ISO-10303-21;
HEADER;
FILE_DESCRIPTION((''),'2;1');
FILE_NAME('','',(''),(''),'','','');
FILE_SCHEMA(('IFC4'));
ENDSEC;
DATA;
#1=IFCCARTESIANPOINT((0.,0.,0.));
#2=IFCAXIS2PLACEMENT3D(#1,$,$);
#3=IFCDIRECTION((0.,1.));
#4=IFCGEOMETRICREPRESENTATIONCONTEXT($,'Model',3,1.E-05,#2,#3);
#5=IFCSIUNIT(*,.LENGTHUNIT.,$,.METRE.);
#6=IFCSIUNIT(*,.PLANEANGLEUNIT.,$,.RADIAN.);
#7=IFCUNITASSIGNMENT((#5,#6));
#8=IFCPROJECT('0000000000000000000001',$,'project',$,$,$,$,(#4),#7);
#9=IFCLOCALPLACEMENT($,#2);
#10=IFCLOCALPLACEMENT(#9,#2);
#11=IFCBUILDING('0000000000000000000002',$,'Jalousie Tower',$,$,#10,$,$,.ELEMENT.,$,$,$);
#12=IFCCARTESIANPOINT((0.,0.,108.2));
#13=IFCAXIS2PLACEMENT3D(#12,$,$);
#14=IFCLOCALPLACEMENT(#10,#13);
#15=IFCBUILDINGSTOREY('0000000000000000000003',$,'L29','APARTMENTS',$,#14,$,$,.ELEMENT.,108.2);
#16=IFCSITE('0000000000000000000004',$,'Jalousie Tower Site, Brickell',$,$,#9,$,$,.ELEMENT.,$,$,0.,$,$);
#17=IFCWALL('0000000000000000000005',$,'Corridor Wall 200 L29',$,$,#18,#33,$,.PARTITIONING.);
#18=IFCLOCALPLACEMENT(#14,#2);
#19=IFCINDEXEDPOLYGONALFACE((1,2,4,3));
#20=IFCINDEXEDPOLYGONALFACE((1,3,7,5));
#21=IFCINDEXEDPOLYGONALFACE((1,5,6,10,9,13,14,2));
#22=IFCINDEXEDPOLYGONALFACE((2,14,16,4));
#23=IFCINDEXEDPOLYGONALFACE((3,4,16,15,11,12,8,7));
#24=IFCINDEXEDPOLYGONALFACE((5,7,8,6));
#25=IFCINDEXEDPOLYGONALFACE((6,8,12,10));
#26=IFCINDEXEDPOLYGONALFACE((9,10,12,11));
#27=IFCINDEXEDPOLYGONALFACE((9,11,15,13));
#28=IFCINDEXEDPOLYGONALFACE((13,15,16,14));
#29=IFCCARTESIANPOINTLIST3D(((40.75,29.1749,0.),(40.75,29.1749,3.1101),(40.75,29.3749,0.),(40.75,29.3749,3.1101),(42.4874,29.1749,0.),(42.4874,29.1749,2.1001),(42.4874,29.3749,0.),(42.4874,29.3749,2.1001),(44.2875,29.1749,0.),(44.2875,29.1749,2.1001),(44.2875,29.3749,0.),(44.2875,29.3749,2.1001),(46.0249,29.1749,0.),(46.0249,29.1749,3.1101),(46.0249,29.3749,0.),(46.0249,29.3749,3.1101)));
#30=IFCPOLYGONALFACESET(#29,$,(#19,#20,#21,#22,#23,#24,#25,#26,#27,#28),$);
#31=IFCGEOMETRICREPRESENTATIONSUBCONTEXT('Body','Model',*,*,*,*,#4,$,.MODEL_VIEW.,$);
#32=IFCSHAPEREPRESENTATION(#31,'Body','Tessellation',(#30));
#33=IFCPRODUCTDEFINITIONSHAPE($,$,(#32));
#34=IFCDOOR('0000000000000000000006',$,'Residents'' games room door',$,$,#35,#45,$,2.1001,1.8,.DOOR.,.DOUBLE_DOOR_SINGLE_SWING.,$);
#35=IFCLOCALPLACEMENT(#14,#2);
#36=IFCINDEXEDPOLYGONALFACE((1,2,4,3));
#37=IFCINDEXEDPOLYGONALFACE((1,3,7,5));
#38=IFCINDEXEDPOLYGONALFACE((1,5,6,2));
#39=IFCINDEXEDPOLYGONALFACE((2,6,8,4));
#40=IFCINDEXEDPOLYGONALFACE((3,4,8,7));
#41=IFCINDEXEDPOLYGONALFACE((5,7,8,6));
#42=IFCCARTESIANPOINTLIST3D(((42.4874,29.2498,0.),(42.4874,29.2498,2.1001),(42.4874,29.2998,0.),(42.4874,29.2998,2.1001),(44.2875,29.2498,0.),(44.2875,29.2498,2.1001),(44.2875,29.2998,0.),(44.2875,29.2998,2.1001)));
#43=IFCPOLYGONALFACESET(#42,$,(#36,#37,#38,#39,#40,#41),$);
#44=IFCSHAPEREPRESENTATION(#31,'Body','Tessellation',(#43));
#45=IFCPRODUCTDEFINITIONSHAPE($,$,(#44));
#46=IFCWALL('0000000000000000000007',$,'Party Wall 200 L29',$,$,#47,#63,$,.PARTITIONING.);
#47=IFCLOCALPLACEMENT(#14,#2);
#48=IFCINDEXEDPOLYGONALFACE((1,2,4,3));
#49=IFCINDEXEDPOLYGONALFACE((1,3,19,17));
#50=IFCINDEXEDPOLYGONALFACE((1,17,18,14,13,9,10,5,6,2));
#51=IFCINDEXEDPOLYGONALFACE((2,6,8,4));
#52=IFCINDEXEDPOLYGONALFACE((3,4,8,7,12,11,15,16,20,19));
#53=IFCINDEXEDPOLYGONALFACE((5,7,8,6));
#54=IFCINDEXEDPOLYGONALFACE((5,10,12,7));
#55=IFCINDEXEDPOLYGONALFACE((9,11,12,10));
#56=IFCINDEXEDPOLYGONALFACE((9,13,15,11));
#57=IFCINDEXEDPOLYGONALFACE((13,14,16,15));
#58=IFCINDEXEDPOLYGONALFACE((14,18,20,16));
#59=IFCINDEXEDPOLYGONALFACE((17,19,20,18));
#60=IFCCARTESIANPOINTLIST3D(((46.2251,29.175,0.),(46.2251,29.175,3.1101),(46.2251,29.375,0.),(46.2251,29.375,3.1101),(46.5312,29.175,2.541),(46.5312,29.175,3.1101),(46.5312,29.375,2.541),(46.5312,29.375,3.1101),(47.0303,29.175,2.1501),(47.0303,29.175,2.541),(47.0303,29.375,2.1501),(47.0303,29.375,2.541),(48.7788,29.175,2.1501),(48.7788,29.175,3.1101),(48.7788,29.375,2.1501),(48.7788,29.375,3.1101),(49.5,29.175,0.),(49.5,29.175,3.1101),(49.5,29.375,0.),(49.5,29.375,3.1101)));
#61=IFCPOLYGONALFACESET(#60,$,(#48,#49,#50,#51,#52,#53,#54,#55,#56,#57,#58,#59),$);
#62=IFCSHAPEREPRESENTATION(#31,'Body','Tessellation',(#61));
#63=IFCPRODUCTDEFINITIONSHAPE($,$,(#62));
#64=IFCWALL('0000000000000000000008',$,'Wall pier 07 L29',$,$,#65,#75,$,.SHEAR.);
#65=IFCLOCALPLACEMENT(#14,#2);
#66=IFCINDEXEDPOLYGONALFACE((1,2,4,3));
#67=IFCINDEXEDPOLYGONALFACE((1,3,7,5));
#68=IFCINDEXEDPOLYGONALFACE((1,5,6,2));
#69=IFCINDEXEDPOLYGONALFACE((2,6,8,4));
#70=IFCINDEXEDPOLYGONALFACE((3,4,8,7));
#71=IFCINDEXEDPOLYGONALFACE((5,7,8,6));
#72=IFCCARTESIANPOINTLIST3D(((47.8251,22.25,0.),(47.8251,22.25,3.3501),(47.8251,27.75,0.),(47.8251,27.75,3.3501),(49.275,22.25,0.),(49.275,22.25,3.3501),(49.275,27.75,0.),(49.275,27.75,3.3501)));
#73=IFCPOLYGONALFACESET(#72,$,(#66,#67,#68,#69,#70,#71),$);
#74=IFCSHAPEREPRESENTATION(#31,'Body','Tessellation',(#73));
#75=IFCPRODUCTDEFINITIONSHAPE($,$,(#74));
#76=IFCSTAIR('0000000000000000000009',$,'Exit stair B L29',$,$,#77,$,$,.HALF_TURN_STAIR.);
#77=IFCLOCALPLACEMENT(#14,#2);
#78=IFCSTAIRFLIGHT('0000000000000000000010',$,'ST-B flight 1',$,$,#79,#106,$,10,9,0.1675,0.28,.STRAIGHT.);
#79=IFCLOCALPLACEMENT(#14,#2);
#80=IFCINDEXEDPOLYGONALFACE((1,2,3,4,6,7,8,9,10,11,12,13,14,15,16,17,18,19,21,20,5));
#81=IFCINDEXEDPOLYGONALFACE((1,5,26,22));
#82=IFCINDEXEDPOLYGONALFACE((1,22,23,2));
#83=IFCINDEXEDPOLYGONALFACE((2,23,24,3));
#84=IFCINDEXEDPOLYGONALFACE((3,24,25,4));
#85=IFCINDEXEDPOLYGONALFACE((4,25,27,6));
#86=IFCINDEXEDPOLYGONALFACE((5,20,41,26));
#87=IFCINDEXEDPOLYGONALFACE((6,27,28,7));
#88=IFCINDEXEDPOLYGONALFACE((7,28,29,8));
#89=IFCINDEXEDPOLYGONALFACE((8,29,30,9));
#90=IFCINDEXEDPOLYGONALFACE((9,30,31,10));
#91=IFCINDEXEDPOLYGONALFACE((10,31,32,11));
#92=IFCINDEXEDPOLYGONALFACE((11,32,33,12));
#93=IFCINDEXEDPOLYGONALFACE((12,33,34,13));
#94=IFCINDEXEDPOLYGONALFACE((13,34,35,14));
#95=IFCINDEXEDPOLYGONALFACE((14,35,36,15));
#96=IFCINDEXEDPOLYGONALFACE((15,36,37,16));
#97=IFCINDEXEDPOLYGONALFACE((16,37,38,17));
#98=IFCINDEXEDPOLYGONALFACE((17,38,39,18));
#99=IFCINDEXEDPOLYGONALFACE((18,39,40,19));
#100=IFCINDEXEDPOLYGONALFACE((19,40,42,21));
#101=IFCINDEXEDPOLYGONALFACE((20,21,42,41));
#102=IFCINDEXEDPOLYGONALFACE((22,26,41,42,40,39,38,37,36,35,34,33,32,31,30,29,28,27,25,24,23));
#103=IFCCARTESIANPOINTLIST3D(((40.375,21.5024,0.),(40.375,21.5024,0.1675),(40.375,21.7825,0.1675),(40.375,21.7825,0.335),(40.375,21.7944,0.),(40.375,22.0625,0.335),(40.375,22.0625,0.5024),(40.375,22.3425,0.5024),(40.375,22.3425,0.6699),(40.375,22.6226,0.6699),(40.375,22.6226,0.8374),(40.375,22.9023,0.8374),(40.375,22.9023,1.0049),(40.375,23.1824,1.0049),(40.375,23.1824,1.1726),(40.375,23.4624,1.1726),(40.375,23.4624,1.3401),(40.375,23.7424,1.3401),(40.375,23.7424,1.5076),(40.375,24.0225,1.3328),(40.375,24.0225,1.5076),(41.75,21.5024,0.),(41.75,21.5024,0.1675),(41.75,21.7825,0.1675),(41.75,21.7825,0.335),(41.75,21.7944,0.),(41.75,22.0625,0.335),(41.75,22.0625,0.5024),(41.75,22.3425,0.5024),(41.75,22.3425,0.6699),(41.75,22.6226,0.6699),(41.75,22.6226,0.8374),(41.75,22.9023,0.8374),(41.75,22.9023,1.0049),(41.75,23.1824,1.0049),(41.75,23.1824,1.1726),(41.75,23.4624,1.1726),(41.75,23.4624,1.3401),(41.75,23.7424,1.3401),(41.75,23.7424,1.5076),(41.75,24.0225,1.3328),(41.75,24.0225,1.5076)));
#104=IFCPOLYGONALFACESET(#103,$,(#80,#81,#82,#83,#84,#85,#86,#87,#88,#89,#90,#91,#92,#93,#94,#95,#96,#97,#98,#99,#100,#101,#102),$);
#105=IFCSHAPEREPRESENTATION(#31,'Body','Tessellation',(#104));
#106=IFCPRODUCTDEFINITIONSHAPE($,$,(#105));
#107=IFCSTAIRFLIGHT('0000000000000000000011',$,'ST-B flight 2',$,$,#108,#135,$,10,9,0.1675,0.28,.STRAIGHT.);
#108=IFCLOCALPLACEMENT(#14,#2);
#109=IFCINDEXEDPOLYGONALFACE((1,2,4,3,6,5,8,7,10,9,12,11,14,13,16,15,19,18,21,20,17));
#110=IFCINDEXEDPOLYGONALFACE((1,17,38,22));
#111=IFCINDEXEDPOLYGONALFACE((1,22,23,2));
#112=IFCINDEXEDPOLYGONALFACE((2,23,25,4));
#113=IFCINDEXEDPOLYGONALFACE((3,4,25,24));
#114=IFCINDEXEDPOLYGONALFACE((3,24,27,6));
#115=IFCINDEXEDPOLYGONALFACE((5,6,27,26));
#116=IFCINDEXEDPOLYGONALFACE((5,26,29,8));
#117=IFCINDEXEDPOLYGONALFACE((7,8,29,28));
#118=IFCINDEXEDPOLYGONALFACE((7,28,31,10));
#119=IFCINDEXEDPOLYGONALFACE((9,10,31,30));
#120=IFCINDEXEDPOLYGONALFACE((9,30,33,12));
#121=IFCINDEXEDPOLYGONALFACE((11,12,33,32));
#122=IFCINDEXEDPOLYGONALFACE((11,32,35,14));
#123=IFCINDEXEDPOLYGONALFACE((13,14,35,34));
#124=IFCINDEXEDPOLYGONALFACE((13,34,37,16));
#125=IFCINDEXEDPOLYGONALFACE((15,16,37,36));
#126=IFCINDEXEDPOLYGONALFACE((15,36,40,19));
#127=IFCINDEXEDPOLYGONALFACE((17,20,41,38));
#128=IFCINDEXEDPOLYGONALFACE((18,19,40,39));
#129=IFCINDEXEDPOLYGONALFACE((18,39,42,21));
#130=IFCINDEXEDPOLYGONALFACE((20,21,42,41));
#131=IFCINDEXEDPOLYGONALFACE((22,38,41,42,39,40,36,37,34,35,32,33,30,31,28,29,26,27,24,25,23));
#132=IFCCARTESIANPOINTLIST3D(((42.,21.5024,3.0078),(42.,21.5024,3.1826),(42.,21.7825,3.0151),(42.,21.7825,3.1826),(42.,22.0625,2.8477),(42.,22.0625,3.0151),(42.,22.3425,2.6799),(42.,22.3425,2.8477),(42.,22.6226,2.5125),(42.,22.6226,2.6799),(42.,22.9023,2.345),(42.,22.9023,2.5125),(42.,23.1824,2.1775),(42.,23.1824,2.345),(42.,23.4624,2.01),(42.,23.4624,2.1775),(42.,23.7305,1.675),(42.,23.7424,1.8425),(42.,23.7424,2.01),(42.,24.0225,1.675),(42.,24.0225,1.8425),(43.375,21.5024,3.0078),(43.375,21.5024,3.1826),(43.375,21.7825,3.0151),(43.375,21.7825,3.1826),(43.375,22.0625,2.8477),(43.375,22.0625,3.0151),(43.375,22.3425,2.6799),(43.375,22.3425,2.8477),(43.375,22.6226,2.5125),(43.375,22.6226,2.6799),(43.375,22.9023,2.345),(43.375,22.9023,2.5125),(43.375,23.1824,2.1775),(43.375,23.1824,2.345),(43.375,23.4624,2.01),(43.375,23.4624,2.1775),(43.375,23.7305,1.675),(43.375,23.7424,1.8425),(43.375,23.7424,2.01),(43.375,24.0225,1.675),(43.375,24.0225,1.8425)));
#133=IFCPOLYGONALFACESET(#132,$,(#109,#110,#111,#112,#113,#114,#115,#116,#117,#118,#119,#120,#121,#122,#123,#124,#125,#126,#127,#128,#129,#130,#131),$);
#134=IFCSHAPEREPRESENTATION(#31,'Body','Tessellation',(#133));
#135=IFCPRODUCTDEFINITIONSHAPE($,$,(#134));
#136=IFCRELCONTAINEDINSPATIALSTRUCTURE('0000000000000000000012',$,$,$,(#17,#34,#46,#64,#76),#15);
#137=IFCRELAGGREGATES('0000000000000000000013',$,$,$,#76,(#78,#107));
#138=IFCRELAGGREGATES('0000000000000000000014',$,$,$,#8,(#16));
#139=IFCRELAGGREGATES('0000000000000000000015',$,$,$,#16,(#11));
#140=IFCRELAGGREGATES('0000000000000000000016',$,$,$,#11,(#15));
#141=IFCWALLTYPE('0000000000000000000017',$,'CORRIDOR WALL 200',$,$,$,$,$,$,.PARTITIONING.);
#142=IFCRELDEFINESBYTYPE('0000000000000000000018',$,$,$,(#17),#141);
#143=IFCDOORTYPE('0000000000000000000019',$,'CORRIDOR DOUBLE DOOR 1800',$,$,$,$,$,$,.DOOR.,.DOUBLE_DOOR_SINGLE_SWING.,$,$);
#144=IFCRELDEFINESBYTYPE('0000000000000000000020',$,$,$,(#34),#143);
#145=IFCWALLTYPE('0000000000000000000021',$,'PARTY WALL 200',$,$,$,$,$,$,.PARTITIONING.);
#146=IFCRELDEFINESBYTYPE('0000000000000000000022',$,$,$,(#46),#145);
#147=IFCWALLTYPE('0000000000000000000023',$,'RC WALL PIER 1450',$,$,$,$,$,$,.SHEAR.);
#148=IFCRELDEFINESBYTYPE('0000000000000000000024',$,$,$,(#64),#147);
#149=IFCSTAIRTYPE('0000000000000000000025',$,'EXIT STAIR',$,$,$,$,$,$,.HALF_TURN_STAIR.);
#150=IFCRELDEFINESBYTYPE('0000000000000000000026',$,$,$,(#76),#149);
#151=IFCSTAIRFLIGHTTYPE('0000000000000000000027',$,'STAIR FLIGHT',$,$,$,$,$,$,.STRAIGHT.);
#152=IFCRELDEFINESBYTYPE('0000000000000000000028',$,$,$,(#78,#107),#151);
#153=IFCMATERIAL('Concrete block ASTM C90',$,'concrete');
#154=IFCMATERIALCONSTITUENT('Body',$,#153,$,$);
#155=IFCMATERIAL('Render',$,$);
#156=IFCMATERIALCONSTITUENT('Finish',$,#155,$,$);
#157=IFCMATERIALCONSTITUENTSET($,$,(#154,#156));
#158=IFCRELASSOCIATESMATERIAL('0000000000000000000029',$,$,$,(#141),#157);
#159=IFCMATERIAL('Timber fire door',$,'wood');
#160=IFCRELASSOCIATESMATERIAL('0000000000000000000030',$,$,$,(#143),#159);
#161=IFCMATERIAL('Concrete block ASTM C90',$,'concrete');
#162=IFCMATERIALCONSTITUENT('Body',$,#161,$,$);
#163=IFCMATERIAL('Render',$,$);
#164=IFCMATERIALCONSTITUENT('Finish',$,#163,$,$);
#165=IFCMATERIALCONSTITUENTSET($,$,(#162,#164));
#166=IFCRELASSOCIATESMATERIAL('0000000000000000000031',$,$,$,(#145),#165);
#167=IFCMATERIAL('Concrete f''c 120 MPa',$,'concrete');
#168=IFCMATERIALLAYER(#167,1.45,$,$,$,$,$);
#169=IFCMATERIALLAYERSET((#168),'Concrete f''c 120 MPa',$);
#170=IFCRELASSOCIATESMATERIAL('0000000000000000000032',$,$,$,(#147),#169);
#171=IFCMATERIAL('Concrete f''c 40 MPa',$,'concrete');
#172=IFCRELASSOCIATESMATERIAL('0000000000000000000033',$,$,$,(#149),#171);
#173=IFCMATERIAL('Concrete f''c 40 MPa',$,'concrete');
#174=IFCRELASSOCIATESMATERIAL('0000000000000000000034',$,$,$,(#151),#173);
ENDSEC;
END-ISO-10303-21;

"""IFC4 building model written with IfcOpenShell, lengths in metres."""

from ifc_helpers import new_model, si_unit, direction, frame, frame_2d, origin, place, context, subcontext, project, spatial, polyline, rectangle, outline, extrude, material, layer, layer_set, constituent, constituent_set, type_object, element, fill, aggregate, save


model = new_model("IFC4")

# Units and contexts
model_context = context("Model", 3, precision=1e-05, world=origin(), true_north=direction((0.0, 1.0)))
body_context = subcontext(model_context, "Body", "Model", "MODEL_VIEW")
ifc_project = project(units=[si_unit("LENGTHUNIT", "METRE"), si_unit("PLANEANGLEUNIT", "RADIAN")], contexts=[model_context])

# Site, building, storey
site_placement = place(None, origin())
site = spatial("IfcSite", under=ifc_project, at=site_placement, Name="Jalousie Tower Site, Brickell", CompositionType="ELEMENT", RefElevation=0.0)
building_placement = place(site_placement, origin())
building = spatial("IfcBuilding", under=site, at=building_placement, Name="Jalousie Tower", CompositionType="ELEMENT")
storey_placement = place(building_placement, frame((0.0, 0.0, 108.2)))
storey = spatial("IfcBuildingStorey", under=building, at=storey_placement, Name="L29", Description="APARTMENTS", CompositionType="ELEMENT", Elevation=108.2)

# Wall, opening, door
ifc_material_1 = material(Name="Concrete block ASTM C90", Category="concrete")
ifc_constituent_1 = constituent(ifc_material_1, Name="Body")
ifc_material_2 = material(Name="Render")
ifc_constituent_2 = constituent(ifc_material_2, Name="Finish")
ifc_constituent_set_1 = constituent_set(constituents=[ifc_constituent_1, ifc_constituent_2])
wall_type_1 = type_object("IfcWallType", Name="CORRIDOR WALL 200", PredefinedType="PARTITIONING", material=ifc_constituent_set_1)
wall_1_placement = place(storey_placement, frame((40.75, 29.2749, 0.0), z_axis=(0.0, 0.0, 1.0), x_axis=(1.0, 0.0, 0.0)))
wall_1 = element("IfcWall", 1, at=wall_1_placement, inside=storey, type_object=wall_type_1, Name="Corridor Wall 200 L29", PredefinedType="PARTITIONING", context=body_context, shape_type="SweptSolid", body=[
    extrude(rectangle(XDim=5.2749, YDim=0.2, at=frame_2d((2.6375, 0.0))), origin(), (0.0, 0.0, 1.0), 3.1101),
])
opening_1_placement = place(wall_1_placement, frame((1.7375, 0.0, 0.0)))
opening_1 = element("IfcOpeningElement", 2, at=opening_1_placement, cuts=wall_1, PredefinedType="OPENING", context=body_context, shape_type="SweptSolid", body=[
    extrude(rectangle(XDim=1.8, YDim=2.1001, at=frame_2d((0.8999, 1.05))), frame((0.0, 0.1099, 0.0), z_axis=(0.0, -1.0, 0.0), x_axis=(1.0, 0.0, 0.0)), (0.0, 0.0, 1.0), 0.22),
])
ifc_material_3 = material(Name="Timber fire door", Category="wood")
door_type_1 = type_object("IfcDoorType", Name="CORRIDOR DOUBLE DOOR 1800", OperationType="DOUBLE_DOOR_SINGLE_SWING", PredefinedType="DOOR", material=ifc_material_3)
door_1_placement = place(opening_1_placement, origin())
door_1 = element("IfcDoor", 3, at=door_1_placement, inside=storey, type_object=door_type_1, Name="Residents' games room door", OperationType="DOUBLE_DOOR_SINGLE_SWING", OverallHeight=2.1001, OverallWidth=1.8, PredefinedType="DOOR", context=body_context, shape_type="SweptSolid", body=[
    extrude(rectangle(XDim=1.8, YDim=2.1001, at=frame_2d((0.8999, 1.05))), frame((0.0, 0.0249, 0.0), z_axis=(0.0, -1.0, 0.0), x_axis=(1.0, 0.0, 0.0)), (0.0, 0.0, 1.0), 0.05),
])
fill(opening_1, door_1)

# Walls
ifc_material_4 = material(Name="Concrete block ASTM C90", Category="concrete")
ifc_constituent_3 = constituent(ifc_material_4, Name="Body")
ifc_material_5 = material(Name="Render")
ifc_constituent_4 = constituent(ifc_material_5, Name="Finish")
ifc_constituent_set_2 = constituent_set(constituents=[ifc_constituent_3, ifc_constituent_4])
wall_type_2 = type_object("IfcWallType", Name="PARTY WALL 200", PredefinedType="PARTITIONING", material=ifc_constituent_set_2)
wall_2_placement = place(storey_placement, frame((46.2251, 29.2749, 0.0), z_axis=(0.0, 0.0, 1.0), x_axis=(1.0, 0.0, 0.0)))
element("IfcWall", 4, at=wall_2_placement, inside=storey, type_object=wall_type_2, Name="Party Wall 200 L29", PredefinedType="PARTITIONING", context=body_context, shape_type="SweptSolid", body=[
    extrude(outline(polyline([(0.0, 0.0), (3.2749, 0.0), (3.2749, 3.1101), (2.5537, 3.1101), (2.5537, 2.1501), (0.8052, 2.1501), (0.8052, 2.541), (0.3062, 2.541), (0.3062, 3.1101), (0.0, 3.1101), (0.0, 0.0)])), frame((0.0, 0.1001, 0.0), z_axis=(0.0, -1.0, 0.0), x_axis=(1.0, 0.0, 0.0)), (0.0, 0.0, 1.0), 0.2),
])
ifc_material_6 = material(Name="Concrete f'c 120 MPa", Category="concrete")
ifc_layer_1 = layer(ifc_material_6, 1.45)
ifc_layer_set_1 = layer_set([ifc_layer_1], Name="Concrete f'c 120 MPa")
wall_type_3 = type_object("IfcWallType", Name="RC WALL PIER 1450", PredefinedType="SHEAR", material=ifc_layer_set_1)
wall_3_placement = place(storey_placement, frame((48.55, 22.25, 0.0), z_axis=(0.0, 0.0, 1.0), x_axis=(0.0, 1.0, 0.0)))
element("IfcWall", 5, at=wall_3_placement, inside=storey, type_object=wall_type_3, Name="Wall pier 07 L29", PredefinedType="SHEAR", context=body_context, shape_type="SweptSolid", body=[
    extrude(rectangle(XDim=5.5, YDim=1.45, at=frame_2d((2.75, 0.0))), origin(), (0.0, 0.0, 1.0), 3.3501),
])

# Stair, stair flights
ifc_material_7 = material(Name="Concrete f'c 40 MPa", Category="concrete")
stair_type = type_object("IfcStairType", Name="EXIT STAIR", PredefinedType="HALF_TURN_STAIR", material=ifc_material_7)
stair_placement = place(storey_placement, origin())
stair = element("IfcStair", 6, at=stair_placement, inside=storey, type_object=stair_type, Name="Exit stair B L29", PredefinedType="HALF_TURN_STAIR")
ifc_material_8 = material(Name="Concrete f'c 40 MPa", Category="concrete")
stair_flight_type = type_object("IfcStairFlightType", Name="STAIR FLIGHT", PredefinedType="STRAIGHT", material=ifc_material_8)
stair_flight_1_placement = place(storey_placement, frame((41.0625, 21.5024, 0.0), z_axis=(0.0, 0.0, 1.0), x_axis=(0.0, 1.0, 0.0)))
stair_flight_1 = element("IfcStairFlight", 7, at=stair_flight_1_placement, type_object=stair_flight_type, Name="ST-B flight 1", NumberOfRisers=10, NumberOfTreads=9, PredefinedType="STRAIGHT", RiserHeight=0.1675, TreadLength=0.28, context=body_context, shape_type="SweptSolid", body=[
    extrude(outline(polyline([(0.0, 0.0), (0.0, 0.1675), (0.28, 0.1675), (0.28, 0.335), (0.5601, 0.335), (0.5601, 0.5024), (0.8401, 0.5024), (0.8401, 0.6699), (1.1201, 0.6699), (1.1201, 0.8374), (1.3999, 0.8374), (1.3999, 1.0049), (1.6799, 1.0049), (1.6799, 1.1726), (1.96, 1.1726), (1.96, 1.3401), (2.24, 1.3401), (2.24, 1.5076), (2.52, 1.5076), (2.52, 1.675), (2.52, 1.3328), (0.292, 0.0), (0.0, 0.0)])), frame((0.0, 0.6875, 0.0), z_axis=(0.0, -1.0, 0.0), x_axis=(1.0, 0.0, 0.0)), (0.0, 0.0, 1.0), 1.375),
])
stair_flight_2_placement = place(storey_placement, frame((42.6875, 24.0225, 1.675), z_axis=(0.0, 0.0, 1.0), x_axis=(0.0, -1.0, 0.0)))
stair_flight_2 = element("IfcStairFlight", 8, at=stair_flight_2_placement, type_object=stair_flight_type, Name="ST-B flight 2", NumberOfRisers=10, NumberOfTreads=9, PredefinedType="STRAIGHT", RiserHeight=0.1675, TreadLength=0.28, context=body_context, shape_type="SweptSolid", body=[
    extrude(outline(polyline([(0.0, 0.0), (0.0, 0.1675), (0.28, 0.1675), (0.28, 0.335), (0.5601, 0.335), (0.5601, 0.5024), (0.8401, 0.5024), (0.8401, 0.6699), (1.1201, 0.6699), (1.1201, 0.8374), (1.3999, 0.8374), (1.3999, 1.0049), (1.6799, 1.0049), (1.6799, 1.1726), (1.96, 1.1726), (1.96, 1.3401), (2.24, 1.3401), (2.24, 1.5076), (2.52, 1.5076), (2.52, 1.675), (2.52, 1.3328), (0.292, 0.0), (0.0, 0.0)])), frame((0.0, 0.6875, 0.0), z_axis=(0.0, -1.0, 0.0), x_axis=(1.0, 0.0, 0.0)), (0.0, 0.0, 1.0), 1.375),
])
aggregate(stair, [stair_flight_1, stair_flight_2])

save(model, "model.ifc")
